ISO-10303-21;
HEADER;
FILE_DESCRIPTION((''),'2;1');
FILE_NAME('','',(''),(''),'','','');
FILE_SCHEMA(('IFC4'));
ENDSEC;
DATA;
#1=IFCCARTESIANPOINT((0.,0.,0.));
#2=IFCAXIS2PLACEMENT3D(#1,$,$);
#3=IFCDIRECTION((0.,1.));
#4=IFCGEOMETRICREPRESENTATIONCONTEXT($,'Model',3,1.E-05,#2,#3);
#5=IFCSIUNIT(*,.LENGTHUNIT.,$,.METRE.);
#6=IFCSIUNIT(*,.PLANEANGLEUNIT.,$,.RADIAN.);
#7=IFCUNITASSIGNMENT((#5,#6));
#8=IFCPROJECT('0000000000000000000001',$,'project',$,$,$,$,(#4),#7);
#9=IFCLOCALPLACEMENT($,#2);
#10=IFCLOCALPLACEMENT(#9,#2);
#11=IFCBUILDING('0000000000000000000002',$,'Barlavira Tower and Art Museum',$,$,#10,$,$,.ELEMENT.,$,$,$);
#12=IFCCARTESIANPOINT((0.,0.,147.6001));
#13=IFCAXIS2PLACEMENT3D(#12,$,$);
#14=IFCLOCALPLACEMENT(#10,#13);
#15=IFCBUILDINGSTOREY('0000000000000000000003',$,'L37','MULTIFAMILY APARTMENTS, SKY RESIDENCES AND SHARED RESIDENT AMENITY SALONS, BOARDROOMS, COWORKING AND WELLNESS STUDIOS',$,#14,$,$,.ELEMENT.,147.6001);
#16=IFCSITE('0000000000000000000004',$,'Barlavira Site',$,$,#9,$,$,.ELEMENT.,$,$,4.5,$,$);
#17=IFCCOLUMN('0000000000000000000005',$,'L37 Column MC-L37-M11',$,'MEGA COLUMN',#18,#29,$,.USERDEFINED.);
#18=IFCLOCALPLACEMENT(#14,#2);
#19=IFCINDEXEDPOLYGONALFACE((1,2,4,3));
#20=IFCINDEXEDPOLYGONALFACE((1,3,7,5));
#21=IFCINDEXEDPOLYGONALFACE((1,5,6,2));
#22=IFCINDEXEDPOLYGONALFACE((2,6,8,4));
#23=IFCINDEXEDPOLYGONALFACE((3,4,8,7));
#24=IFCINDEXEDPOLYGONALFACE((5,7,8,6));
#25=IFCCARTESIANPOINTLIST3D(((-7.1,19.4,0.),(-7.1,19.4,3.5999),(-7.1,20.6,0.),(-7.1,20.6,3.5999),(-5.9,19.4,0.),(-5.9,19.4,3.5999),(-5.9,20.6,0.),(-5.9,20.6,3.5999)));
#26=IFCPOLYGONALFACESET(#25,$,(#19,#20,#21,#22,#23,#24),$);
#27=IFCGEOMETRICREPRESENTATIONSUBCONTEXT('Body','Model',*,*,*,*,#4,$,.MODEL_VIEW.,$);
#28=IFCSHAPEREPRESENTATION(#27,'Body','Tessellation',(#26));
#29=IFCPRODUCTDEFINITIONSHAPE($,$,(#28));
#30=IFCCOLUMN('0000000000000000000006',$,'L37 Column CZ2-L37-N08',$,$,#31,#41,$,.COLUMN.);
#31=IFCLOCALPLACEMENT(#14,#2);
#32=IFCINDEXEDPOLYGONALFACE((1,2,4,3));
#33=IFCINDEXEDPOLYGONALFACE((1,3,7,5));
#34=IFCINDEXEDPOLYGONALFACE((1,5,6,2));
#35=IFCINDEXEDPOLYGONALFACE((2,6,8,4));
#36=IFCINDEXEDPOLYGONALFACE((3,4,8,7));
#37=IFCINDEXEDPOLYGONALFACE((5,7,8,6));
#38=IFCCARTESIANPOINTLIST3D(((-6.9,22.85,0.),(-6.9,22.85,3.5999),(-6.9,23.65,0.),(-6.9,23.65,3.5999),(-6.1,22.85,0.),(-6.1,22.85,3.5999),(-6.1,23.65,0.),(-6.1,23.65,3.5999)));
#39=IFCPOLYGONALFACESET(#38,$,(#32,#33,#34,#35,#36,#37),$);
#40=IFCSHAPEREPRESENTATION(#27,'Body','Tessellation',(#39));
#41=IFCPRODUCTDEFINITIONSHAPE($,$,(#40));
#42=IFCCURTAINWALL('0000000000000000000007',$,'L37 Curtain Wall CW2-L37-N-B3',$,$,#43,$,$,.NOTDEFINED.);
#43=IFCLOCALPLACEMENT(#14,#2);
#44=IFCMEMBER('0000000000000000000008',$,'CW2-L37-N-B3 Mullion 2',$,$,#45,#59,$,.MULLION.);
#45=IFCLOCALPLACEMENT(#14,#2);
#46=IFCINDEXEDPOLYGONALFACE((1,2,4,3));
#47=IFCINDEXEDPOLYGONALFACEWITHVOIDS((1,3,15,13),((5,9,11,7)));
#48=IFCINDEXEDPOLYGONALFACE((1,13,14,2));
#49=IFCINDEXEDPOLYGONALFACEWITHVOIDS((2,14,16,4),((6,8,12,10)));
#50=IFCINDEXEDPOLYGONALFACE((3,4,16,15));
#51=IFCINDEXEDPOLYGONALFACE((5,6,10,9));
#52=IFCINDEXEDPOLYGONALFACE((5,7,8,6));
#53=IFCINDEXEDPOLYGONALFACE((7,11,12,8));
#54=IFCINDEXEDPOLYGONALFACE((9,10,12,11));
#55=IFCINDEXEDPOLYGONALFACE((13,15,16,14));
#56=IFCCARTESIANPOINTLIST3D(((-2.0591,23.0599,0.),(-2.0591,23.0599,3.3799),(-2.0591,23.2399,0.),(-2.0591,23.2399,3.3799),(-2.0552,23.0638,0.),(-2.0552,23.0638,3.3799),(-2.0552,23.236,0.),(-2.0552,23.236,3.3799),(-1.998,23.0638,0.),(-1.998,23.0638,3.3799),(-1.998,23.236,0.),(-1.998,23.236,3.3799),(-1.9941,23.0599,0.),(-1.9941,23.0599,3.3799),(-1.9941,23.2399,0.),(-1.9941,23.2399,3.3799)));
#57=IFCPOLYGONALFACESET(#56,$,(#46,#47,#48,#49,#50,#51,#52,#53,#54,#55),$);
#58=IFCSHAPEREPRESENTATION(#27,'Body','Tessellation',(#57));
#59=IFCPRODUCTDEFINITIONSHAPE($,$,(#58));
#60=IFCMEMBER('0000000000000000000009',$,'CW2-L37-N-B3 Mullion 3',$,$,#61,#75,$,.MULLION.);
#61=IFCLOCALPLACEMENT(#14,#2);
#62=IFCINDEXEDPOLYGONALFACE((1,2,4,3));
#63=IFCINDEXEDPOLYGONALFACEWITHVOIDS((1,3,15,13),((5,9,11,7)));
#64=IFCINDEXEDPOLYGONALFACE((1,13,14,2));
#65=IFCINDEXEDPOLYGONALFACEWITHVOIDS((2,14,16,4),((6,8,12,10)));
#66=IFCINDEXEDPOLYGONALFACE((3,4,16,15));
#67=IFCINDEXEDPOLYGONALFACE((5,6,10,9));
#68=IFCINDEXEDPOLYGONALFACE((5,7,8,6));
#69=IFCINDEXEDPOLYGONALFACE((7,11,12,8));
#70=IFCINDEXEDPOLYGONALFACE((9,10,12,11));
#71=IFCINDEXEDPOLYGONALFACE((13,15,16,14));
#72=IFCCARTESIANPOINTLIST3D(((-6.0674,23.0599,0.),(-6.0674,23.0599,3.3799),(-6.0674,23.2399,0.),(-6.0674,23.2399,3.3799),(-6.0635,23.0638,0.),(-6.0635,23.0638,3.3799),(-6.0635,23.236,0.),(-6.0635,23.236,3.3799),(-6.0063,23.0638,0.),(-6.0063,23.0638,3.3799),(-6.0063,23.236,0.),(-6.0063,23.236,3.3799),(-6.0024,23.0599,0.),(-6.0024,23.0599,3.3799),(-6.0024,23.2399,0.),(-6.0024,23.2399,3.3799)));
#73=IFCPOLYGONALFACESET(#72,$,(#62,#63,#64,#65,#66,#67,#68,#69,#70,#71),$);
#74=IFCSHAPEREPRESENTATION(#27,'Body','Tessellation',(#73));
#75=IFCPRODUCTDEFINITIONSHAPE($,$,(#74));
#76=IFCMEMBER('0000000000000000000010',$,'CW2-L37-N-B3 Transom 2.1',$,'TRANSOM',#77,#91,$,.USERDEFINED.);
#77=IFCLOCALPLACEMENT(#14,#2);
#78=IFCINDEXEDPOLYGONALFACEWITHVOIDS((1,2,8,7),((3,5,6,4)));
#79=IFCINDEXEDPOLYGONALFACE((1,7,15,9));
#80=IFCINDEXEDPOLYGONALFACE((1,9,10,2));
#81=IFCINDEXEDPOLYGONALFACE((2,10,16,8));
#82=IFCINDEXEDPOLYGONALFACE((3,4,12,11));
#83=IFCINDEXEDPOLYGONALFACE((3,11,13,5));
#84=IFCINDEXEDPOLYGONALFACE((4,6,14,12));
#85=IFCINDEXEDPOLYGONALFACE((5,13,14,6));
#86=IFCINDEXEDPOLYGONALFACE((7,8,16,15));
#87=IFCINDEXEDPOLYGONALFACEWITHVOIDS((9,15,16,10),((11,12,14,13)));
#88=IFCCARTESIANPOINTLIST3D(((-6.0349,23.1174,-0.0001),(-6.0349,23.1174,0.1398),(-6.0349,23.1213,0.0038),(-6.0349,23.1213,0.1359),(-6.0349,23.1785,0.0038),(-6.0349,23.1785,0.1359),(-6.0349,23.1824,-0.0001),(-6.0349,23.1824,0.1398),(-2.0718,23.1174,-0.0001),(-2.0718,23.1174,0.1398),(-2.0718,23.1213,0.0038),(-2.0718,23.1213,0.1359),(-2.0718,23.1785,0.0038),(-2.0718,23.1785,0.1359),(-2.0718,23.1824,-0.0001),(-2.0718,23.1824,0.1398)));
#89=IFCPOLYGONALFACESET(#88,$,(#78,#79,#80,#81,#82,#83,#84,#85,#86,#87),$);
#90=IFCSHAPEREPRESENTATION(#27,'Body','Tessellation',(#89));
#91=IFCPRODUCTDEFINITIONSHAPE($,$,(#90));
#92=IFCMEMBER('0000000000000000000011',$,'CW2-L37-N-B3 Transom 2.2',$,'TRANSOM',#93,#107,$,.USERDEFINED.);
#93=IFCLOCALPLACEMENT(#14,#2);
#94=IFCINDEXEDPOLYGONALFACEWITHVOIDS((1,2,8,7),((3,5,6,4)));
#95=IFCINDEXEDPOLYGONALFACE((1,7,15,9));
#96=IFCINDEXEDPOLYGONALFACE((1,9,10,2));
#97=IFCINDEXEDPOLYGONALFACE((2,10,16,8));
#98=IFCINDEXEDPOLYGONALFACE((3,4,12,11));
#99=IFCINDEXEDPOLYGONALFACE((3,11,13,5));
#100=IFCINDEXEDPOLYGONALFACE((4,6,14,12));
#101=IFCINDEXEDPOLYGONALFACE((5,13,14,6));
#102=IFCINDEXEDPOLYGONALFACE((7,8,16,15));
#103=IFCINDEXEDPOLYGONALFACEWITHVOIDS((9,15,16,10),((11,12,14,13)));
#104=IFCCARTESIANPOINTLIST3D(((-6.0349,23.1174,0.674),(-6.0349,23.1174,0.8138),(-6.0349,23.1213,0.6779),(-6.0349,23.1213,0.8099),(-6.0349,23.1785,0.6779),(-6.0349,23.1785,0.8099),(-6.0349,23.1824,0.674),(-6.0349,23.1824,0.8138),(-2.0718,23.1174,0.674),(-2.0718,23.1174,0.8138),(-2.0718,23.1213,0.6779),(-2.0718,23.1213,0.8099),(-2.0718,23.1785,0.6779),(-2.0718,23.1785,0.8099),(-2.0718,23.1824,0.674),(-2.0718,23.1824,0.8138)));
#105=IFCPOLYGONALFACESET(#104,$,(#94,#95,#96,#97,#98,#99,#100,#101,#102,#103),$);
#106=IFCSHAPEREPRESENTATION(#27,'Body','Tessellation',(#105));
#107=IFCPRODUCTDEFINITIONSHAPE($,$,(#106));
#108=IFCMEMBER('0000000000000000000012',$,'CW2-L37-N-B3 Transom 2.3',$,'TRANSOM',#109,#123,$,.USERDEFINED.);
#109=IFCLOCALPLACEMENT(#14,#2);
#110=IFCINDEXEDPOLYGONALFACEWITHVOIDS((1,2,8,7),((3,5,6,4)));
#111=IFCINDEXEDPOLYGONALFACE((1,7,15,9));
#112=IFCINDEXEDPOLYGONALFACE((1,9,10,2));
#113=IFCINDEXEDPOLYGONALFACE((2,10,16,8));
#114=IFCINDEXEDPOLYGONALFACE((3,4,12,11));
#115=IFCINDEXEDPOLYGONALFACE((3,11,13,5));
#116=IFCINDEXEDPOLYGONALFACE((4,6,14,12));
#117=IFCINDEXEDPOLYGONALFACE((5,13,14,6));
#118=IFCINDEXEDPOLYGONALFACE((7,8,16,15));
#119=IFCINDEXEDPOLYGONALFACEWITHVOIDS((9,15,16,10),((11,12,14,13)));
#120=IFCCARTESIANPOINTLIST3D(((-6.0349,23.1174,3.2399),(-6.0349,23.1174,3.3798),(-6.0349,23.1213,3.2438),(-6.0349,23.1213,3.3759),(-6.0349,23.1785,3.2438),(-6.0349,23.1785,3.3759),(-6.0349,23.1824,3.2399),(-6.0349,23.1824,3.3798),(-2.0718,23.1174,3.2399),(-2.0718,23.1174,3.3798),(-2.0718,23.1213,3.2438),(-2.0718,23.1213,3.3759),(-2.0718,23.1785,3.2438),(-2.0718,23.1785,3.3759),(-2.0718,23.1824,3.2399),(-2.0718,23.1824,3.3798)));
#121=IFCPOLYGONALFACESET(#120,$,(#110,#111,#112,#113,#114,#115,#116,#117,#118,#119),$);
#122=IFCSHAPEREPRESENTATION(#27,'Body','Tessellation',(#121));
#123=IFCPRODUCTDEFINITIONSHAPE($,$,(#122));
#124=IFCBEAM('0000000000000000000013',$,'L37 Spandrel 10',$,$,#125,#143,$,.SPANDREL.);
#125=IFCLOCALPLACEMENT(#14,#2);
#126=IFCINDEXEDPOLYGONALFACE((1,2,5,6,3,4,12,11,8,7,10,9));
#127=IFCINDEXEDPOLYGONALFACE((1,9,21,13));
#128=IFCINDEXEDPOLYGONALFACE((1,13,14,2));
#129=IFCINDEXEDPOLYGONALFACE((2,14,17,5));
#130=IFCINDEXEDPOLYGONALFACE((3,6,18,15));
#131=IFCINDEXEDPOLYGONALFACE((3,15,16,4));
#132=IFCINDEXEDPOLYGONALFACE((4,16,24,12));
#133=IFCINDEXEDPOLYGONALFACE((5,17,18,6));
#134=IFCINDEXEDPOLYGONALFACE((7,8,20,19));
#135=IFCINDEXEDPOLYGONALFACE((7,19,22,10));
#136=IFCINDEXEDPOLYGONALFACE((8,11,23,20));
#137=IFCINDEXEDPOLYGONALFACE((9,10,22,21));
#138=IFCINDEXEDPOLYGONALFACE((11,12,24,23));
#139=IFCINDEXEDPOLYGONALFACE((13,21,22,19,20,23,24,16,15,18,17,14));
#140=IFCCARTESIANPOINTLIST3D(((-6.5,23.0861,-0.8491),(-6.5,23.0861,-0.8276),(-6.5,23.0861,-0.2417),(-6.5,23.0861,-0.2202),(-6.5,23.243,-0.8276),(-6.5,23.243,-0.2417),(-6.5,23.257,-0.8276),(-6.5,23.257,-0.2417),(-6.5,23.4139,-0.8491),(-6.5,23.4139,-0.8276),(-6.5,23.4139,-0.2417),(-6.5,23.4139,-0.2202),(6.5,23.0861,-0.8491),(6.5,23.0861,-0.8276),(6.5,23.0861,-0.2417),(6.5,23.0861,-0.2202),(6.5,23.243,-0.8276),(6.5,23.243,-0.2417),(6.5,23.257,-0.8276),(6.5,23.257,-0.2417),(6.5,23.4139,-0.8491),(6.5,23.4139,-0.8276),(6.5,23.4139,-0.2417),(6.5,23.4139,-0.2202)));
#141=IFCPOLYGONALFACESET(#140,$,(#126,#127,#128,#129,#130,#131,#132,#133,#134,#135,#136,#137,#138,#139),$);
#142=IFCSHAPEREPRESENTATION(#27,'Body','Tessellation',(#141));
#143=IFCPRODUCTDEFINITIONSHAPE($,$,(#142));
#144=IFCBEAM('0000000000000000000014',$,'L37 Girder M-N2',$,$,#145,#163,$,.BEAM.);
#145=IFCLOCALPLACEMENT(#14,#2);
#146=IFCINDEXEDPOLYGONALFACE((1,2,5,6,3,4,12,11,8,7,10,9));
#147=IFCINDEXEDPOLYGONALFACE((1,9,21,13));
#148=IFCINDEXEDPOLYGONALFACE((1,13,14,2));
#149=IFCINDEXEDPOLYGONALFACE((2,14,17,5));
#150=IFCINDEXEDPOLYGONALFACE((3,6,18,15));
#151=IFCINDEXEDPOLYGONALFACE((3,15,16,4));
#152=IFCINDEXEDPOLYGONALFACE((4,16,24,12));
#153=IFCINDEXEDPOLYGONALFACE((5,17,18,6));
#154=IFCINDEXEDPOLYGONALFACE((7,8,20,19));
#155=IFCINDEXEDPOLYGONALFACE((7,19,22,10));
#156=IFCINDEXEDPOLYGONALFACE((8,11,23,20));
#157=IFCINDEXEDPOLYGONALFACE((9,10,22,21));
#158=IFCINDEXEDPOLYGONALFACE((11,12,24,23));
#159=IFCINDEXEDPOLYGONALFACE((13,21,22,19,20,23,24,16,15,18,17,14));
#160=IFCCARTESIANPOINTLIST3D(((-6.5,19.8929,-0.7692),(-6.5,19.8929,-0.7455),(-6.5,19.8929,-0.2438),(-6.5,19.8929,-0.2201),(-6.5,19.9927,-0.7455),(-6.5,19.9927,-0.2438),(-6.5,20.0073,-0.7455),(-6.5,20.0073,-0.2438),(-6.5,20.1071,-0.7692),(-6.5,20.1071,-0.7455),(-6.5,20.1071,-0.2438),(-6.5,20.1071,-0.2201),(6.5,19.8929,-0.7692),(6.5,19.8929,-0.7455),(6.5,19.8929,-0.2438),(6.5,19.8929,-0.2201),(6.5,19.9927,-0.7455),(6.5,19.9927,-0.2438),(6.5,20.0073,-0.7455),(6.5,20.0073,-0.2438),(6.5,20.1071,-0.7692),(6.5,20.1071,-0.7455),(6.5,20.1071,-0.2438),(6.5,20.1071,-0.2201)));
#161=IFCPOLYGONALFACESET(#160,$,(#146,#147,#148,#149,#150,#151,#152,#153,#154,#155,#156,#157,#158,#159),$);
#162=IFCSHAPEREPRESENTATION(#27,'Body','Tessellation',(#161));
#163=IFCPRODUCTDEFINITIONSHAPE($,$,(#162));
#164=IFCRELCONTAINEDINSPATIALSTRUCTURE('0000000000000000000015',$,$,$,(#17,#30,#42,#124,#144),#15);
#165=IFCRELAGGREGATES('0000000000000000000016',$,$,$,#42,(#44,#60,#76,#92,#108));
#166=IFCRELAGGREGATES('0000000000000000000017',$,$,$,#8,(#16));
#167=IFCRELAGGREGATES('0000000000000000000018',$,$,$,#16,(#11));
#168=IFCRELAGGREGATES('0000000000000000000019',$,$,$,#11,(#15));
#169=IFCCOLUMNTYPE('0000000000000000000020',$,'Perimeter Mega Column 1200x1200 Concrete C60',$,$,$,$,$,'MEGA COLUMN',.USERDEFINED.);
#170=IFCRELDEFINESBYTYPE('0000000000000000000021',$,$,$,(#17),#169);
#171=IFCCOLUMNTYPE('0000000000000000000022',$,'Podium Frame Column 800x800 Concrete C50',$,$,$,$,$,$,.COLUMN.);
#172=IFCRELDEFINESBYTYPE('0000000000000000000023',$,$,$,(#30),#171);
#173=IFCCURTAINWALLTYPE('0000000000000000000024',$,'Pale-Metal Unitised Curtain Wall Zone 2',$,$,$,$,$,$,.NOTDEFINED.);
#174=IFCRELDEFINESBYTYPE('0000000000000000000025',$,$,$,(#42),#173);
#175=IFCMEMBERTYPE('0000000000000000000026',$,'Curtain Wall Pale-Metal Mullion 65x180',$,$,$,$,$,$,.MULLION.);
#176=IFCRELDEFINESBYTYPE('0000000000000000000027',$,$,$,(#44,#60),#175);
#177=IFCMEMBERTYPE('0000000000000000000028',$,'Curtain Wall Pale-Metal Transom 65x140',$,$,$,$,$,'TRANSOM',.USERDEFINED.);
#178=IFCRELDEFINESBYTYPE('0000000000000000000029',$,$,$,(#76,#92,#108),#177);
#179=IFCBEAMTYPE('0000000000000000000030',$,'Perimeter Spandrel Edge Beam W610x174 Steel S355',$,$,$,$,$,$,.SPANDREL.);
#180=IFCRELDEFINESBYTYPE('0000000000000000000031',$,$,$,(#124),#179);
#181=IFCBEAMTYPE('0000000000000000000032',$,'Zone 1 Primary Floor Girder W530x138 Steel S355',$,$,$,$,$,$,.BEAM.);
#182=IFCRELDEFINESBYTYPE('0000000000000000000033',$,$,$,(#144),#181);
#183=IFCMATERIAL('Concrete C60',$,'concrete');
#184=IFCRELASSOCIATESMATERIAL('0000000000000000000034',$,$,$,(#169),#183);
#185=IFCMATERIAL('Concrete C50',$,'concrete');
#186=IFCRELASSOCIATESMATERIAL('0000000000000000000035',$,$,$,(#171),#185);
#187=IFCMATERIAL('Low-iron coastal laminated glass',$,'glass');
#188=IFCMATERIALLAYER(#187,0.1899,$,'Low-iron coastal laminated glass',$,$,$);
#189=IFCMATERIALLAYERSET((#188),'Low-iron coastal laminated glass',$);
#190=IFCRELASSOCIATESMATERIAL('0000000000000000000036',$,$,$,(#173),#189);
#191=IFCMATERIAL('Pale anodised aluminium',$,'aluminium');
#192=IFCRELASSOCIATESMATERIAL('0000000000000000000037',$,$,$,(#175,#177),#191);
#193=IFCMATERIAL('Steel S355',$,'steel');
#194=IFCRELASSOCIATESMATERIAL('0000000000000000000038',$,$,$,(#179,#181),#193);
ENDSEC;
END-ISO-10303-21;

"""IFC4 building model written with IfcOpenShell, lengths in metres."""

from ifc_helpers import new_model, si_unit, direction, frame, origin, origin_2d, place, context, subcontext, project, spatial, rectangle, hollow_rectangle, i_section, extrude, material, layer, layer_set, material_profile, profile_set, type_object, element, aggregate, save


model = new_model("IFC4")

# Units and contexts
model_context = context("Model", 3, precision=1e-05, world=origin(), true_north=direction((0.0, 1.0)))
body_context = subcontext(model_context, "Body", "Model", "MODEL_VIEW")
ifc_project = project(units=[si_unit("LENGTHUNIT", "METRE"), si_unit("PLANEANGLEUNIT", "RADIAN")], contexts=[model_context])

# Site, building, storey
site_placement = place(None, origin())
site = spatial("IfcSite", under=ifc_project, at=site_placement, Name="Barlavira Site", CompositionType="ELEMENT", RefElevation=4.5)
building_placement = place(site_placement, origin())
building = spatial("IfcBuilding", under=site, at=building_placement, Name="Barlavira Tower and Art Museum", CompositionType="ELEMENT")
storey_placement = place(building_placement, frame((0.0, 0.0, 147.6001)))
storey = spatial("IfcBuildingStorey", under=building, at=storey_placement, Name="L37", Description="MULTIFAMILY APARTMENTS, SKY RESIDENCES AND SHARED RESIDENT AMENITY SALONS, BOARDROOMS, COWORKING AND WELLNESS STUDIOS", CompositionType="ELEMENT", Elevation=147.6001)

# Columns
ifc_material_1 = material(Name="Concrete C60", Category="concrete")
ifc_material_profile_1 = material_profile(ifc_material_1, rectangle(XDim=1.2, YDim=1.2, at=origin_2d()), Name="RC-COL 1200x1200")
ifc_profile_set_1 = profile_set([ifc_material_profile_1], Name="Concrete C60")
column_type_1 = type_object("IfcColumnType", Name="Perimeter Mega Column 1200x1200 Concrete C60", ElementType="MEGA COLUMN", PredefinedType="USERDEFINED", material=ifc_profile_set_1)
column_1_placement = place(storey_placement, frame((-6.5, 20.0, 0.0), z_axis=(0.0, 0.0, 1.0), x_axis=(1.0, 0.0, 0.0)))
element("IfcColumn", 1, at=column_1_placement, inside=storey, type_object=column_type_1, Name="L37 Column MC-L37-M11", ObjectType="MEGA COLUMN", PredefinedType="USERDEFINED", context=body_context, shape_type="SweptSolid", body=[
    extrude(rectangle(XDim=1.2, YDim=1.2, at=origin_2d()), origin(), (0.0, 0.0, 1.0), 3.5999),
])
ifc_material_2 = material(Name="Concrete C50", Category="concrete")
ifc_material_profile_2 = material_profile(ifc_material_2, rectangle(XDim=0.8, YDim=0.8, at=origin_2d()), Name="RC-COL 800x800")
ifc_profile_set_2 = profile_set([ifc_material_profile_2], Name="Concrete C50")
column_type_2 = type_object("IfcColumnType", Name="Podium Frame Column 800x800 Concrete C50", PredefinedType="COLUMN", material=ifc_profile_set_2)
column_2_placement = place(storey_placement, frame((-6.5, 23.25, 0.0), z_axis=(0.0, 0.0, 1.0), x_axis=(1.0, 0.0, 0.0)))
element("IfcColumn", 2, at=column_2_placement, inside=storey, type_object=column_type_2, Name="L37 Column CZ2-L37-N08", PredefinedType="COLUMN", context=body_context, shape_type="SweptSolid", body=[
    extrude(rectangle(XDim=0.8, YDim=0.8, at=origin_2d()), origin(), (0.0, 0.0, 1.0), 3.5999),
])

# Curtain wall, members
ifc_material_3 = material(Name="Low-iron coastal laminated glass", Category="glass")
ifc_layer_1 = layer(ifc_material_3, 0.1899, Name="Low-iron coastal laminated glass")
ifc_layer_set_1 = layer_set([ifc_layer_1], Name="Low-iron coastal laminated glass")
curtain_wall_type = type_object("IfcCurtainWallType", Name="Pale-Metal Unitised Curtain Wall Zone 2", PredefinedType="NOTDEFINED", material=ifc_layer_set_1)
curtain_wall_placement = place(storey_placement, origin())
curtain_wall = element("IfcCurtainWall", 3, at=curtain_wall_placement, inside=storey, type_object=curtain_wall_type, Name="L37 Curtain Wall CW2-L37-N-B3", PredefinedType="NOTDEFINED")
ifc_material_4 = material(Name="Pale anodised aluminium", Category="aluminium")
ifc_material_profile_3 = material_profile(ifc_material_4, hollow_rectangle(XDim=0.0649, YDim=0.1799, WallThickness=0.0039, at=origin_2d()), Name="ALU-MULL 65x180x4")
ifc_profile_set_3 = profile_set([ifc_material_profile_3], Name="Pale anodised aluminium")
member_type_1 = type_object("IfcMemberType", Name="Curtain Wall Pale-Metal Mullion 65x180", PredefinedType="MULLION", material=ifc_profile_set_3)
member_1_placement = place(storey_placement, frame((-2.0266, 23.1499, 0.0), z_axis=(0.0, 0.0, 1.0), x_axis=(-1.0, 0.0, 0.0)))
member_1 = element("IfcMember", 4, at=member_1_placement, type_object=member_type_1, Name="CW2-L37-N-B3 Mullion 2", PredefinedType="MULLION", context=body_context, shape_type="SweptSolid", body=[
    extrude(hollow_rectangle(XDim=0.0649, YDim=0.1799, WallThickness=0.0039, at=origin_2d()), origin(), (0.0, 0.0, 1.0), 3.3799),
])
member_2_placement = place(storey_placement, frame((-6.0349, 23.1499, 0.0), z_axis=(0.0, 0.0, 1.0), x_axis=(-1.0, 0.0, 0.0)))
member_2 = element("IfcMember", 5, at=member_2_placement, type_object=member_type_1, Name="CW2-L37-N-B3 Mullion 3", PredefinedType="MULLION", context=body_context, shape_type="SweptSolid", body=[
    extrude(hollow_rectangle(XDim=0.0649, YDim=0.1799, WallThickness=0.0039, at=origin_2d()), origin(), (0.0, 0.0, 1.0), 3.3799),
])
ifc_material_profile_4 = material_profile(ifc_material_4, hollow_rectangle(XDim=0.0649, YDim=0.1399, WallThickness=0.0039, at=origin_2d()), Name="ALU-TRAN 65x140x4")
ifc_profile_set_4 = profile_set([ifc_material_profile_4], Name="Pale anodised aluminium")
member_type_2 = type_object("IfcMemberType", Name="Curtain Wall Pale-Metal Transom 65x140", ElementType="TRANSOM", PredefinedType="USERDEFINED", material=ifc_profile_set_4)
member_3_placement = place(storey_placement, frame((-2.0718, 23.1499, 0.0698), z_axis=(-1.0, 0.0, 0.0), x_axis=(0.0, -1.0, 0.0)))
member_3 = element("IfcMember", 6, at=member_3_placement, type_object=member_type_2, Name="CW2-L37-N-B3 Transom 2.1", ObjectType="TRANSOM", PredefinedType="USERDEFINED", context=body_context, shape_type="SweptSolid", body=[
    extrude(hollow_rectangle(XDim=0.0649, YDim=0.1399, WallThickness=0.0039, at=origin_2d()), origin(), (0.0, 0.0, 1.0), 3.9631),
])
member_4_placement = place(storey_placement, frame((-2.0718, 23.1499, 0.7439), z_axis=(-1.0, 0.0, 0.0), x_axis=(0.0, -1.0, 0.0)))
member_4 = element("IfcMember", 7, at=member_4_placement, type_object=member_type_2, Name="CW2-L37-N-B3 Transom 2.2", ObjectType="TRANSOM", PredefinedType="USERDEFINED", context=body_context, shape_type="SweptSolid", body=[
    extrude(hollow_rectangle(XDim=0.0649, YDim=0.1399, WallThickness=0.0039, at=origin_2d()), origin(), (0.0, 0.0, 1.0), 3.9631),
])
member_5_placement = place(storey_placement, frame((-2.0718, 23.1499, 3.3098), z_axis=(-1.0, 0.0, 0.0), x_axis=(0.0, -1.0, 0.0)))
member_5 = element("IfcMember", 8, at=member_5_placement, type_object=member_type_2, Name="CW2-L37-N-B3 Transom 2.3", ObjectType="TRANSOM", PredefinedType="USERDEFINED", context=body_context, shape_type="SweptSolid", body=[
    extrude(hollow_rectangle(XDim=0.0649, YDim=0.1399, WallThickness=0.0039, at=origin_2d()), origin(), (0.0, 0.0, 1.0), 3.9631),
])

# Beams
ifc_material_5 = material(Name="Steel S355", Category="steel")
ifc_material_profile_5 = material_profile(ifc_material_5, i_section(OverallWidth=0.3279, OverallDepth=0.6289, WebThickness=0.0139, FlangeThickness=0.0215, at=origin_2d()), Name="W610x174.0")
ifc_profile_set_5 = profile_set([ifc_material_profile_5], Name="Steel S355")
beam_type_1 = type_object("IfcBeamType", Name="Perimeter Spandrel Edge Beam W610x174 Steel S355", PredefinedType="SPANDREL", material=ifc_profile_set_5)
beam_1_placement = place(storey_placement, frame((-6.5, 23.25, -0.5347), z_axis=(1.0, 0.0, 0.0), x_axis=(0.0, 1.0, 0.0)))
element("IfcBeam", 9, at=beam_1_placement, inside=storey, type_object=beam_type_1, Name="L37 Spandrel 10", PredefinedType="SPANDREL", context=body_context, shape_type="SweptSolid", body=[
    extrude(i_section(OverallWidth=0.3279, OverallDepth=0.6289, WebThickness=0.0139, FlangeThickness=0.0215, at=origin_2d()), origin(), (0.0, 0.0, 1.0), 13.0),
])
ifc_material_profile_6 = material_profile(ifc_material_5, i_section(OverallWidth=0.2141, OverallDepth=0.5491, WebThickness=0.0146, FlangeThickness=0.0237, at=origin_2d()), Name="W530x138.0")
ifc_profile_set_6 = profile_set([ifc_material_profile_6], Name="Steel S355")
beam_type_2 = type_object("IfcBeamType", Name="Zone 1 Primary Floor Girder W530x138 Steel S355", PredefinedType="BEAM", material=ifc_profile_set_6)
beam_2_placement = place(storey_placement, frame((-6.5, 20.0, -0.4946), z_axis=(1.0, 0.0, 0.0), x_axis=(0.0, 1.0, 0.0)))
element("IfcBeam", 10, at=beam_2_placement, inside=storey, type_object=beam_type_2, Name="L37 Girder M-N2", PredefinedType="BEAM", context=body_context, shape_type="SweptSolid", body=[
    extrude(i_section(OverallWidth=0.2141, OverallDepth=0.5491, WebThickness=0.0146, FlangeThickness=0.0237, at=origin_2d()), origin(), (0.0, 0.0, 1.0), 13.0),
])

aggregate(curtain_wall, [member_1, member_2, member_3, member_4, member_5])

save(model, "model.ifc")
